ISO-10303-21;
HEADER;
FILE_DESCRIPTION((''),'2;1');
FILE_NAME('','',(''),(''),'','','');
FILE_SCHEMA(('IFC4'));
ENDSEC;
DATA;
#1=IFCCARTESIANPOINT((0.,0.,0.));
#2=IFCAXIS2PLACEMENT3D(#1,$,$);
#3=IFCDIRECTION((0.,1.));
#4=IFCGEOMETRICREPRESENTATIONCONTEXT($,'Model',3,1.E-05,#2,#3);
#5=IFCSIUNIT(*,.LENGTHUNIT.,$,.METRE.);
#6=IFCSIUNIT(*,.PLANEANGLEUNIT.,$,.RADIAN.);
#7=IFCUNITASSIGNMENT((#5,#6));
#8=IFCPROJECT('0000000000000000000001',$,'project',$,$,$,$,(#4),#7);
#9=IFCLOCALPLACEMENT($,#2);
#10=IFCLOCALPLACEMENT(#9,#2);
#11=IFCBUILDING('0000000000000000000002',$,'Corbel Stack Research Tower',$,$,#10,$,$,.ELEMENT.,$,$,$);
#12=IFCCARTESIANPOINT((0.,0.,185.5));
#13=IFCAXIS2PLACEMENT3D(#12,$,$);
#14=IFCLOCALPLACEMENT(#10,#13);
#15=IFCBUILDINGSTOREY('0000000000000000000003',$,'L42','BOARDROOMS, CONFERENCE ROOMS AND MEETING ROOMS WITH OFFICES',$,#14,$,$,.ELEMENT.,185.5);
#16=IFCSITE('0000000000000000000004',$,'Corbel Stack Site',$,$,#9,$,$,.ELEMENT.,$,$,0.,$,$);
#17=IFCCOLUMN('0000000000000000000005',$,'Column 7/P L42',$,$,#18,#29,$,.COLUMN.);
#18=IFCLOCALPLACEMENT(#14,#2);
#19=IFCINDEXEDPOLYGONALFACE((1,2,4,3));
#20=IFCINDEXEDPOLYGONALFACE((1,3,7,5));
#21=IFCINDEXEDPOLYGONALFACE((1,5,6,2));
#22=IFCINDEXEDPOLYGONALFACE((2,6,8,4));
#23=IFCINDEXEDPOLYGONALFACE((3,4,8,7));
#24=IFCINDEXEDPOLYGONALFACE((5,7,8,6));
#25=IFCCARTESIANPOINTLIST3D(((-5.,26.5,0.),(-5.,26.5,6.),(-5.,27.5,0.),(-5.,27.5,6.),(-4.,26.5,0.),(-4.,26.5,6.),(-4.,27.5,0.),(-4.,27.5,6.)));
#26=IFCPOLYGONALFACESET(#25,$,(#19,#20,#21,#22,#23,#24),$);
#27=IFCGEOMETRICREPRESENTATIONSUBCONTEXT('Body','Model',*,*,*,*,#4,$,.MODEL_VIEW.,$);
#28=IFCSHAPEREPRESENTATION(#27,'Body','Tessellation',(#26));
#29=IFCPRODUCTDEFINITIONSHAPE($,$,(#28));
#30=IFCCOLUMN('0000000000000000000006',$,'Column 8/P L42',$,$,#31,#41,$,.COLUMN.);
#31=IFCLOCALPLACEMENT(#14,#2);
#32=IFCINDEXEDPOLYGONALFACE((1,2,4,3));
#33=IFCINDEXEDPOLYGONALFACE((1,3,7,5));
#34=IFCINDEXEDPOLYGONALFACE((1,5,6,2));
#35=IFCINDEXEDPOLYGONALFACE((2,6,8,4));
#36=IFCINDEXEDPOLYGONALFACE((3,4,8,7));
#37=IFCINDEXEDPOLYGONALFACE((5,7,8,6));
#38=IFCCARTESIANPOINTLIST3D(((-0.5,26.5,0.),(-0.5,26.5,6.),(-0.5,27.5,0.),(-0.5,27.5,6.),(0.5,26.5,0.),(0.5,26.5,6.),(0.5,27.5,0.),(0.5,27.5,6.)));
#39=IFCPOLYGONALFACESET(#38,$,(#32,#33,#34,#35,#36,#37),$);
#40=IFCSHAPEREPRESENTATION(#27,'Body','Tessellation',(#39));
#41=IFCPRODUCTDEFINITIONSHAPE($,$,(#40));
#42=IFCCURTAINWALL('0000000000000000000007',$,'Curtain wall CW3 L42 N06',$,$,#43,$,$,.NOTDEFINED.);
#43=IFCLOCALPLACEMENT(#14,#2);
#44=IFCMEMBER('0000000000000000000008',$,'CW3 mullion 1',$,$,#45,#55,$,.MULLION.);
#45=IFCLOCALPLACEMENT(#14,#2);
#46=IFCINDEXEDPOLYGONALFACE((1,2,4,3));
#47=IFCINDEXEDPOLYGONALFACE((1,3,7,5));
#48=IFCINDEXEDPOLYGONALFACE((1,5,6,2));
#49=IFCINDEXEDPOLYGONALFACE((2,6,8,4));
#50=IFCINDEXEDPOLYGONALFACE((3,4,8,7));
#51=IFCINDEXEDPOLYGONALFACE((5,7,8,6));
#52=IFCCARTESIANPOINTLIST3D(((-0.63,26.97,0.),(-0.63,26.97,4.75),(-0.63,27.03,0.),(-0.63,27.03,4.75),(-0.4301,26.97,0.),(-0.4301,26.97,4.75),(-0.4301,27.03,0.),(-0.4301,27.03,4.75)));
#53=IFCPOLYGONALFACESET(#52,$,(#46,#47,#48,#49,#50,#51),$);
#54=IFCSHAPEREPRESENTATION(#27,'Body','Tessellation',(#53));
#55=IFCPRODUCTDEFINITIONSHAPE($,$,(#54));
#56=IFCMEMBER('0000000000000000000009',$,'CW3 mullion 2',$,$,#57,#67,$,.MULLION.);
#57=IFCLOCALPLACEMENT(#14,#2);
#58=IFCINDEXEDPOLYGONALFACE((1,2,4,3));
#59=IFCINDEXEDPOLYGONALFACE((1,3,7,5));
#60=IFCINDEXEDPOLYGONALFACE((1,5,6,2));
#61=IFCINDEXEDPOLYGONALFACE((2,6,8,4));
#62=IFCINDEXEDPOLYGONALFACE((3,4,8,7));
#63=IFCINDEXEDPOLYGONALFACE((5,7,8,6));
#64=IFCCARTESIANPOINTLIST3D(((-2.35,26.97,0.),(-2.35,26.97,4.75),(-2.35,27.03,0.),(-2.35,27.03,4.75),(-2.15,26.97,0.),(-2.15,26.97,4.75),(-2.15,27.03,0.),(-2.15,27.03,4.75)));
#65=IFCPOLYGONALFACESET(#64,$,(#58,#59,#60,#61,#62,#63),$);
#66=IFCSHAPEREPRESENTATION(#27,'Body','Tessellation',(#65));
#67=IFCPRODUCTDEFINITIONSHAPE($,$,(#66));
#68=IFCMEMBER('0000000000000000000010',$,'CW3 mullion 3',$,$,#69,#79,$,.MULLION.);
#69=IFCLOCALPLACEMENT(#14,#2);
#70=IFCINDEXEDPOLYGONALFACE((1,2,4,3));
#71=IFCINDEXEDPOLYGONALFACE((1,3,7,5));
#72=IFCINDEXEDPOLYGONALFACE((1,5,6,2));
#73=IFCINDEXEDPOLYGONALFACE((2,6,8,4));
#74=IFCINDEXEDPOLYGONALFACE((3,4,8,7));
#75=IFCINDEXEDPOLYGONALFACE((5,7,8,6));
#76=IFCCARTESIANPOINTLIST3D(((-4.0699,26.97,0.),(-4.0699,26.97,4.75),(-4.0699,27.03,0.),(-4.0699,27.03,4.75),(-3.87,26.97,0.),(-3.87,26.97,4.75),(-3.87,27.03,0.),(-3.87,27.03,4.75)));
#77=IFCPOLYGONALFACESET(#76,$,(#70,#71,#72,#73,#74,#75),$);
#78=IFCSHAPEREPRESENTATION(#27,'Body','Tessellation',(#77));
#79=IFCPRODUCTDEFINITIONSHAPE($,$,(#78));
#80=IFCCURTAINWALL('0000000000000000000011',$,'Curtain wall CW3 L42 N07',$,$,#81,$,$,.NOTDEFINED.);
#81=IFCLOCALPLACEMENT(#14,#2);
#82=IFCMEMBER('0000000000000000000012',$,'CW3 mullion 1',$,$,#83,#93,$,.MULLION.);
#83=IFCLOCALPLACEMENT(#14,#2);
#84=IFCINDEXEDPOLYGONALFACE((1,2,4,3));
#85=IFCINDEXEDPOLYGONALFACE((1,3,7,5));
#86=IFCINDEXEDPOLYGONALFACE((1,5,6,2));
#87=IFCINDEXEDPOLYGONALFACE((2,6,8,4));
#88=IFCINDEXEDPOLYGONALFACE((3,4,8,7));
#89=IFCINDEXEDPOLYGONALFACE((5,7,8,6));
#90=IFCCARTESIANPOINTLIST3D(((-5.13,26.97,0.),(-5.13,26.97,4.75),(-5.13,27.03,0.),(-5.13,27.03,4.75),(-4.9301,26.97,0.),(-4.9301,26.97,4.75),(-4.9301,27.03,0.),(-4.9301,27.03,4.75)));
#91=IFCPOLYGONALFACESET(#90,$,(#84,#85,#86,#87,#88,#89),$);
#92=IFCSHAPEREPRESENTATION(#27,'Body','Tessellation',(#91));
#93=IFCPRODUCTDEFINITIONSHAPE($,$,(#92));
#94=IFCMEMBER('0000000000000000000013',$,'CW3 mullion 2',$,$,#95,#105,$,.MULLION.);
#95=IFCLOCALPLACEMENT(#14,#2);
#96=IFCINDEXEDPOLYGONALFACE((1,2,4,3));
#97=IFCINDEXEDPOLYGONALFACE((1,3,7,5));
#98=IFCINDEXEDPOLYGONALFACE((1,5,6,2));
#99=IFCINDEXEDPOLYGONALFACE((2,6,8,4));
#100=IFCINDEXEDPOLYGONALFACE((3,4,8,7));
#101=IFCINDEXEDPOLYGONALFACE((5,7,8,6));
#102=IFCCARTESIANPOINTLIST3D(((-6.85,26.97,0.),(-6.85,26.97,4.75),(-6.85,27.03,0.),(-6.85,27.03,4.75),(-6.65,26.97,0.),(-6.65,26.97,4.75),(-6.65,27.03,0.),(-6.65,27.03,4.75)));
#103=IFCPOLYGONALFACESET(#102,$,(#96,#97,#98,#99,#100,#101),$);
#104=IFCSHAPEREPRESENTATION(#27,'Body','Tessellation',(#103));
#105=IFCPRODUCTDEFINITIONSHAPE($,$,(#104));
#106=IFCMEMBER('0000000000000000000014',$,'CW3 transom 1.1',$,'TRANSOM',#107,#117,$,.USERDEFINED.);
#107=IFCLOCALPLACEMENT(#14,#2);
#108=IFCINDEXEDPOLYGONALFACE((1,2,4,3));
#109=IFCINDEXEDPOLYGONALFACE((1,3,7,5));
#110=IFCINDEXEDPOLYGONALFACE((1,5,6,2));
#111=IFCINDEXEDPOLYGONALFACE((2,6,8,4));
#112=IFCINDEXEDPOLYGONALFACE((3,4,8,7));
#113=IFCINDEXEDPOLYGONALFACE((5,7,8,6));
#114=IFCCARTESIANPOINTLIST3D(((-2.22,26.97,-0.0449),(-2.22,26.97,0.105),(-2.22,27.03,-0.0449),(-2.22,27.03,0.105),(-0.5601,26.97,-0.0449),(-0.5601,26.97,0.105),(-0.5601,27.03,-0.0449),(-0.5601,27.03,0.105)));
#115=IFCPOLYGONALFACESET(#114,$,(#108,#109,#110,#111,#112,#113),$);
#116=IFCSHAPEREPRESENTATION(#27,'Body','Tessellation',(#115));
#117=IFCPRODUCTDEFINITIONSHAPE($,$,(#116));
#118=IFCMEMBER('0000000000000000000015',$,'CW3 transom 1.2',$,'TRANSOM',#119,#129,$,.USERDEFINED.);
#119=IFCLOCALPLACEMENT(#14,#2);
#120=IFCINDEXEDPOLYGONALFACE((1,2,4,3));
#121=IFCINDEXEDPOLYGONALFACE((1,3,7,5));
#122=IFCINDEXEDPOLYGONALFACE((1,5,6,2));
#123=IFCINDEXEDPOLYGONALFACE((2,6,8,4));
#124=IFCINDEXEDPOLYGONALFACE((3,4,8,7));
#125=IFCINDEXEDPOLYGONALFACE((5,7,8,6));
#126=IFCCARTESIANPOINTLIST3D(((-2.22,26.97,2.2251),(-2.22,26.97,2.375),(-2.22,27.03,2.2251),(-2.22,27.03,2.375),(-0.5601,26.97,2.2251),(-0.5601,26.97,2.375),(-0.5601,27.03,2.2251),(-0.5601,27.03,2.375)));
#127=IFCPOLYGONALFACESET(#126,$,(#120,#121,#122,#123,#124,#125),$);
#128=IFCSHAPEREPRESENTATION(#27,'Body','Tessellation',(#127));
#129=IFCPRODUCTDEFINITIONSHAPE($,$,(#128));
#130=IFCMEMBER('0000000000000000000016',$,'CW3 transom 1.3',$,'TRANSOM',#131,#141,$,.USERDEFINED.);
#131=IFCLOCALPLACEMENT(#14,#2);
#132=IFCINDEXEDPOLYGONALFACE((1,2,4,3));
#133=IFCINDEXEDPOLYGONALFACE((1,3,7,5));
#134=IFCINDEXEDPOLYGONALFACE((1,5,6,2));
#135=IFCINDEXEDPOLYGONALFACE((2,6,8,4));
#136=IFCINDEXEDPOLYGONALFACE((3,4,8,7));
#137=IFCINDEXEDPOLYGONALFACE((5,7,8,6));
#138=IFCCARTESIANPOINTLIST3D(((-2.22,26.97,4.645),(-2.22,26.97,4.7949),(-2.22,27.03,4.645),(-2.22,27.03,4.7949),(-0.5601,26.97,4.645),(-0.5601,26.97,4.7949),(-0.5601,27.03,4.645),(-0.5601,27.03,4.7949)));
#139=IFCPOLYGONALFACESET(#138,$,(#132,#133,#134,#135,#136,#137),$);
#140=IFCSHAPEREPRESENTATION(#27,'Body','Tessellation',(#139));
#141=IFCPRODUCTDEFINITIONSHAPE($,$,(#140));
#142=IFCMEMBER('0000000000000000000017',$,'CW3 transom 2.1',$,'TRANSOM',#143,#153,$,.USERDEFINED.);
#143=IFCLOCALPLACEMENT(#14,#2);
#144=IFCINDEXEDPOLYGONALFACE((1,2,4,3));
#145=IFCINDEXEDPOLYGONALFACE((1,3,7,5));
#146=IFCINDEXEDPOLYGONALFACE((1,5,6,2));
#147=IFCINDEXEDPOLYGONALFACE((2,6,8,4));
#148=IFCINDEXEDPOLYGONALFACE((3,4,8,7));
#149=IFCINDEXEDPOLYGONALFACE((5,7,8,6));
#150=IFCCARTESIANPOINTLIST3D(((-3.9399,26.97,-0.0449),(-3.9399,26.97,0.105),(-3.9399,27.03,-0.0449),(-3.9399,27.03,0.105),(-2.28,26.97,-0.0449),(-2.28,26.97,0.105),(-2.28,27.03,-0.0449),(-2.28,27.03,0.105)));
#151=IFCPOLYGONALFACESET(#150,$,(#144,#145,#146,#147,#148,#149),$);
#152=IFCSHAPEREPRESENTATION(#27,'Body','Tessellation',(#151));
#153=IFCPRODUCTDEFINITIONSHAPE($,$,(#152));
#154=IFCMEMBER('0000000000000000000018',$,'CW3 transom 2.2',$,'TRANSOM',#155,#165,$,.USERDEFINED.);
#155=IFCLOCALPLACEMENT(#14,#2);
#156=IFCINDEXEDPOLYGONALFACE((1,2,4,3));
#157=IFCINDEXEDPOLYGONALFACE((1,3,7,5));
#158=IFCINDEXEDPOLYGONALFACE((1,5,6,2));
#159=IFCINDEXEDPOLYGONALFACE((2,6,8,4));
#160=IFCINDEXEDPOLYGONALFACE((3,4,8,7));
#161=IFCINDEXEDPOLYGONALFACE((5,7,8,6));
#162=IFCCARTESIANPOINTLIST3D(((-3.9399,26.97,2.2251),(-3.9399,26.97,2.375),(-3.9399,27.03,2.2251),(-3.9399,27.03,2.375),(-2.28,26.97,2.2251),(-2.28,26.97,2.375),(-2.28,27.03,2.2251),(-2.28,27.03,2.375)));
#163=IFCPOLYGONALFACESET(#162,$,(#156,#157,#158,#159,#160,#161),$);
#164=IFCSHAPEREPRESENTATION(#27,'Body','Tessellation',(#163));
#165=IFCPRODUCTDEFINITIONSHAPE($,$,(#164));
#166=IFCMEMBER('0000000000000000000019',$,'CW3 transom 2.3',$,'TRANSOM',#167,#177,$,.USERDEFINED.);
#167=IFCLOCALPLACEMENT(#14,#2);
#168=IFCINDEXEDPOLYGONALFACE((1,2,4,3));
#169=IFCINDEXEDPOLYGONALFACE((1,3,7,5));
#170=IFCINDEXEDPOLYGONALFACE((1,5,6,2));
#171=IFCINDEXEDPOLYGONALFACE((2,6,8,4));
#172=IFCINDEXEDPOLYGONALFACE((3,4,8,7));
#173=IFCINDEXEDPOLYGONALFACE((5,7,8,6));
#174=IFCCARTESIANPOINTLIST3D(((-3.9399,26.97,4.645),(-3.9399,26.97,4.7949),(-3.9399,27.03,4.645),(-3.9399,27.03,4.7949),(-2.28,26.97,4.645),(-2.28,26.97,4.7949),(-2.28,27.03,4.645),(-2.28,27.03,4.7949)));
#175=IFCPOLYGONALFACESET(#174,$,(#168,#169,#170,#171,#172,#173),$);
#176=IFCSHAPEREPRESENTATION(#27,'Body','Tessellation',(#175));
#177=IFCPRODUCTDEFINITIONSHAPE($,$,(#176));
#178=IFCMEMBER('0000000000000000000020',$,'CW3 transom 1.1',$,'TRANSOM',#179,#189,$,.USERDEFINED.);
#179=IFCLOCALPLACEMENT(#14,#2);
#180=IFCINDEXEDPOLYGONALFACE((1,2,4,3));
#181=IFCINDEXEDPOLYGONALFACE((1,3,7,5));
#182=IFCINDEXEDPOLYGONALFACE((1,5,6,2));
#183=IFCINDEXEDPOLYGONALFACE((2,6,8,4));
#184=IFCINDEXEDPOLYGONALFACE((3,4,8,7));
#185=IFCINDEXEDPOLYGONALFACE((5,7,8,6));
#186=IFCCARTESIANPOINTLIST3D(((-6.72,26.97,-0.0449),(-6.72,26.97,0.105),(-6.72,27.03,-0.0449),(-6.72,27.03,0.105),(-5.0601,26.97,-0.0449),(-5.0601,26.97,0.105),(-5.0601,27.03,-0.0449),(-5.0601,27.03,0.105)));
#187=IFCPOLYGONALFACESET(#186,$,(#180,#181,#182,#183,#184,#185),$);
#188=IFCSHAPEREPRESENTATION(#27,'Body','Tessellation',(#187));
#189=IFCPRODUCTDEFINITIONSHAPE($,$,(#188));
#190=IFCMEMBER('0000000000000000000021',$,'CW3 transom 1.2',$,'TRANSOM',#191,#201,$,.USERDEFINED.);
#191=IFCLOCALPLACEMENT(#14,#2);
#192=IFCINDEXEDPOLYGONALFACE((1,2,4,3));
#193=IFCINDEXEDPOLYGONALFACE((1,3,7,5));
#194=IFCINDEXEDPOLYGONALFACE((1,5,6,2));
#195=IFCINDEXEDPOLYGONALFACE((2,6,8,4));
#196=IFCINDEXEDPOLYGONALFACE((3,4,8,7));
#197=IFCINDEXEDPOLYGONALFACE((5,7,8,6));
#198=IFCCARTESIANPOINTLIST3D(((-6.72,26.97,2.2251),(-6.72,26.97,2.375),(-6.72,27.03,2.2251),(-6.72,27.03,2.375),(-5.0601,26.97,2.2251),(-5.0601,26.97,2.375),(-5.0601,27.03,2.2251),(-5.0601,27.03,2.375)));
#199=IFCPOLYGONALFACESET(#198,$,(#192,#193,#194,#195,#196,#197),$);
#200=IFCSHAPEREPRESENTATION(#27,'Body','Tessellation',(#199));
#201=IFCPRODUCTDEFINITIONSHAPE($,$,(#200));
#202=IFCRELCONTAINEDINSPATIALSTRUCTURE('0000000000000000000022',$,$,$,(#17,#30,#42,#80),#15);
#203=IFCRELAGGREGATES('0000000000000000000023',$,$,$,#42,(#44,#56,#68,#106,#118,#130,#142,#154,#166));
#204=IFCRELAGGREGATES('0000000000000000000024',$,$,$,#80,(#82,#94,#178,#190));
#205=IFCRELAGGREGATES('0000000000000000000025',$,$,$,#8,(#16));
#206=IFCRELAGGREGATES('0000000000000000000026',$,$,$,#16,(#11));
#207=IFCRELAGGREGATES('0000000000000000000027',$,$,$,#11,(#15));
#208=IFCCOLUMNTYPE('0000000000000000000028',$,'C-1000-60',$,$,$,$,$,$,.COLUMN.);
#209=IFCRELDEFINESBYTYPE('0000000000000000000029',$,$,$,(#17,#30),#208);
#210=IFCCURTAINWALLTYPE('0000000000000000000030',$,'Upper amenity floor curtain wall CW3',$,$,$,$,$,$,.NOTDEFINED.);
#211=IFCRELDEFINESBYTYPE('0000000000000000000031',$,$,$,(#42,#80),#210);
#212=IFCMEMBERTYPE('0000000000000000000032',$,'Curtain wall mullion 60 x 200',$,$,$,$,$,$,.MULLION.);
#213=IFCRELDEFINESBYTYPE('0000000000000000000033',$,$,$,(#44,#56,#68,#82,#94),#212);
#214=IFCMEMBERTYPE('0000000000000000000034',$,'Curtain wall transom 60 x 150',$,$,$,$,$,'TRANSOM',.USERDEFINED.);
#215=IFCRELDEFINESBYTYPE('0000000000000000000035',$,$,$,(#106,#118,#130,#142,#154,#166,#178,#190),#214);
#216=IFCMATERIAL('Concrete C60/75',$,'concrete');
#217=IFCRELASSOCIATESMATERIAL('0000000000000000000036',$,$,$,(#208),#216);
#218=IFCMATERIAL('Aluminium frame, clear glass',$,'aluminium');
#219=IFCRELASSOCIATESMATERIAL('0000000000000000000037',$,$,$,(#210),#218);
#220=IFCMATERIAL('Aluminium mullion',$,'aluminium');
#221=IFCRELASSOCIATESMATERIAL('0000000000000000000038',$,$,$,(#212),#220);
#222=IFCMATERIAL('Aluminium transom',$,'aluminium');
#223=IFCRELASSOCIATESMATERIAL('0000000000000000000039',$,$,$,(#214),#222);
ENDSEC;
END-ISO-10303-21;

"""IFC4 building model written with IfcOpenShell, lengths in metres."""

from ifc_helpers import new_model, si_unit, direction, frame, origin, origin_2d, place, context, subcontext, project, spatial, rectangle, extrude, material, material_profile, profile_set, type_object, element, aggregate, save


model = new_model("IFC4")

# Units and contexts
model_context = context("Model", 3, precision=1e-05, world=origin(), true_north=direction((0.0, 1.0)))
body_context = subcontext(model_context, "Body", "Model", "MODEL_VIEW")
ifc_project = project(units=[si_unit("LENGTHUNIT", "METRE"), si_unit("PLANEANGLEUNIT", "RADIAN")], contexts=[model_context])

# Site, building, storey
site_placement = place(None, origin())
site = spatial("IfcSite", under=ifc_project, at=site_placement, Name="Corbel Stack Site", CompositionType="ELEMENT", RefElevation=0.0)
building_placement = place(site_placement, origin())
building = spatial("IfcBuilding", under=site, at=building_placement, Name="Corbel Stack Research Tower", CompositionType="ELEMENT")
storey_placement = place(building_placement, frame((0.0, 0.0, 185.5)))
storey = spatial("IfcBuildingStorey", under=building, at=storey_placement, Name="L42", Description="BOARDROOMS, CONFERENCE ROOMS AND MEETING ROOMS WITH OFFICES", CompositionType="ELEMENT", Elevation=185.5)

# Columns
ifc_material_1 = material(Name="Concrete C60/75", Category="concrete")
ifc_material_profile_1 = material_profile(ifc_material_1, rectangle(XDim=1.0, YDim=1.0, at=origin_2d()), Name="RC 1000 x 1000")
ifc_profile_set_1 = profile_set([ifc_material_profile_1], Name="Concrete C60/75")
column_type = type_object("IfcColumnType", Name="C-1000-60", PredefinedType="COLUMN", material=ifc_profile_set_1)
for number, where, z_axis, x_axis, name in (
    (1, (-4.5, 27.0, 0.0), (0.0, 0.0, 1.0), (1.0, 0.0, 0.0), "Column 7/P L42"),
    (2, (0.0, 27.0, 0.0), (0.0, 0.0, 1.0), (1.0, 0.0, 0.0), "Column 8/P L42"),
):
    element("IfcColumn", number, at=place(storey_placement, frame(where, z_axis=z_axis, x_axis=x_axis)), inside=storey, type_object=column_type, Name=name, PredefinedType="COLUMN", context=body_context, shape_type="SweptSolid", body=[
        extrude(rectangle(XDim=1.0, YDim=1.0, at=origin_2d()), origin(), (0.0, 0.0, 1.0), 6.0),
    ])

# Curtain walls, members
ifc_material_2 = material(Name="Aluminium frame, clear glass", Category="aluminium")
curtain_wall_type = type_object("IfcCurtainWallType", Name="Upper amenity floor curtain wall CW3", PredefinedType="NOTDEFINED", material=ifc_material_2)
curtain_wall_1_placement = place(storey_placement, origin())
curtain_wall_1 = element("IfcCurtainWall", 3, at=curtain_wall_1_placement, inside=storey, type_object=curtain_wall_type, Name="Curtain wall CW3 L42 N06", PredefinedType="NOTDEFINED")
ifc_material_3 = material(Name="Aluminium mullion", Category="aluminium")
ifc_material_profile_2 = material_profile(ifc_material_3, rectangle(XDim=0.0601, YDim=0.2, at=origin_2d()), Name="Mullion 60 x 200")
ifc_profile_set_2 = profile_set([ifc_material_profile_2], Name="Aluminium mullion")
member_type_1 = type_object("IfcMemberType", Name="Curtain wall mullion 60 x 200", PredefinedType="MULLION", material=ifc_profile_set_2)
member_1_placement = place(storey_placement, frame((-0.53, 27.0, 0.0), z_axis=(0.0, 0.0, 1.0), x_axis=(0.0, -1.0, 0.0)))
member_1 = element("IfcMember", 4, at=member_1_placement, type_object=member_type_1, Name="CW3 mullion 1", PredefinedType="MULLION", context=body_context, shape_type="SweptSolid", body=[
    extrude(rectangle(XDim=0.0601, YDim=0.2, at=origin_2d()), origin(), (0.0, 0.0, 1.0), 4.75),
])
member_2_placement = place(storey_placement, frame((-2.25, 27.0, 0.0), z_axis=(0.0, 0.0, 1.0), x_axis=(0.0, -1.0, 0.0)))
member_2 = element("IfcMember", 5, at=member_2_placement, type_object=member_type_1, Name="CW3 mullion 2", PredefinedType="MULLION", context=body_context, shape_type="SweptSolid", body=[
    extrude(rectangle(XDim=0.0601, YDim=0.2, at=origin_2d()), origin(), (0.0, 0.0, 1.0), 4.75),
])
member_3_placement = place(storey_placement, frame((-3.97, 27.0, 0.0), z_axis=(0.0, 0.0, 1.0), x_axis=(0.0, -1.0, 0.0)))
member_3 = element("IfcMember", 6, at=member_3_placement, type_object=member_type_1, Name="CW3 mullion 3", PredefinedType="MULLION", context=body_context, shape_type="SweptSolid", body=[
    extrude(rectangle(XDim=0.0601, YDim=0.2, at=origin_2d()), origin(), (0.0, 0.0, 1.0), 4.75),
])
curtain_wall_2_placement = place(storey_placement, origin())
curtain_wall_2 = element("IfcCurtainWall", 7, at=curtain_wall_2_placement, inside=storey, type_object=curtain_wall_type, Name="Curtain wall CW3 L42 N07", PredefinedType="NOTDEFINED")
member_4_placement = place(storey_placement, frame((-5.03, 27.0, 0.0), z_axis=(0.0, 0.0, 1.0), x_axis=(0.0, -1.0, 0.0)))
member_4 = element("IfcMember", 8, at=member_4_placement, type_object=member_type_1, Name="CW3 mullion 1", PredefinedType="MULLION", context=body_context, shape_type="SweptSolid", body=[
    extrude(rectangle(XDim=0.0601, YDim=0.2, at=origin_2d()), origin(), (0.0, 0.0, 1.0), 4.75),
])
member_5_placement = place(storey_placement, frame((-6.75, 27.0, 0.0), z_axis=(0.0, 0.0, 1.0), x_axis=(0.0, -1.0, 0.0)))
member_5 = element("IfcMember", 9, at=member_5_placement, type_object=member_type_1, Name="CW3 mullion 2", PredefinedType="MULLION", context=body_context, shape_type="SweptSolid", body=[
    extrude(rectangle(XDim=0.0601, YDim=0.2, at=origin_2d()), origin(), (0.0, 0.0, 1.0), 4.75),
])

# Members
ifc_material_4 = material(Name="Aluminium transom", Category="aluminium")
ifc_material_profile_3 = material_profile(ifc_material_4, rectangle(XDim=0.0601, YDim=0.1499, at=origin_2d()), Name="Transom 60 x 150")
ifc_profile_set_3 = profile_set([ifc_material_profile_3], Name="Aluminium transom")
member_type_2 = type_object("IfcMemberType", Name="Curtain wall transom 60 x 150", ElementType="TRANSOM", PredefinedType="USERDEFINED", material=ifc_profile_set_3)
member_6_placement = place(storey_placement, frame((-0.5601, 27.0, 0.03), z_axis=(-1.0, 0.0, 0.0), x_axis=(0.0, -1.0, 0.0)))
member_6 = element("IfcMember", 10, at=member_6_placement, type_object=member_type_2, Name="CW3 transom 1.1", ObjectType="TRANSOM", PredefinedType="USERDEFINED", context=body_context, shape_type="SweptSolid", body=[
    extrude(rectangle(XDim=0.0601, YDim=0.1499, at=origin_2d()), origin(), (0.0, 0.0, 1.0), 1.6599),
])
member_7_placement = place(storey_placement, frame((-0.5601, 27.0, 2.3), z_axis=(-1.0, 0.0, 0.0), x_axis=(0.0, -1.0, 0.0)))
member_7 = element("IfcMember", 11, at=member_7_placement, type_object=member_type_2, Name="CW3 transom 1.2", ObjectType="TRANSOM", PredefinedType="USERDEFINED", context=body_context, shape_type="SweptSolid", body=[
    extrude(rectangle(XDim=0.0601, YDim=0.1499, at=origin_2d()), origin(), (0.0, 0.0, 1.0), 1.6599),
])
member_8_placement = place(storey_placement, frame((-0.5601, 27.0, 4.72), z_axis=(-1.0, 0.0, 0.0), x_axis=(0.0, -1.0, 0.0)))
member_8 = element("IfcMember", 12, at=member_8_placement, type_object=member_type_2, Name="CW3 transom 1.3", ObjectType="TRANSOM", PredefinedType="USERDEFINED", context=body_context, shape_type="SweptSolid", body=[
    extrude(rectangle(XDim=0.0601, YDim=0.1499, at=origin_2d()), origin(), (0.0, 0.0, 1.0), 1.6599),
])
member_9_placement = place(storey_placement, frame((-2.28, 27.0, 0.03), z_axis=(-1.0, 0.0, 0.0), x_axis=(0.0, -1.0, 0.0)))
member_9 = element("IfcMember", 13, at=member_9_placement, type_object=member_type_2, Name="CW3 transom 2.1", ObjectType="TRANSOM", PredefinedType="USERDEFINED", context=body_context, shape_type="SweptSolid", body=[
    extrude(rectangle(XDim=0.0601, YDim=0.1499, at=origin_2d()), origin(), (0.0, 0.0, 1.0), 1.6599),
])
member_10_placement = place(storey_placement, frame((-2.28, 27.0, 2.3), z_axis=(-1.0, 0.0, 0.0), x_axis=(0.0, -1.0, 0.0)))
member_10 = element("IfcMember", 14, at=member_10_placement, type_object=member_type_2, Name="CW3 transom 2.2", ObjectType="TRANSOM", PredefinedType="USERDEFINED", context=body_context, shape_type="SweptSolid", body=[
    extrude(rectangle(XDim=0.0601, YDim=0.1499, at=origin_2d()), origin(), (0.0, 0.0, 1.0), 1.6599),
])
member_11_placement = place(storey_placement, frame((-2.28, 27.0, 4.72), z_axis=(-1.0, 0.0, 0.0), x_axis=(0.0, -1.0, 0.0)))
member_11 = element("IfcMember", 15, at=member_11_placement, type_object=member_type_2, Name="CW3 transom 2.3", ObjectType="TRANSOM", PredefinedType="USERDEFINED", context=body_context, shape_type="SweptSolid", body=[
    extrude(rectangle(XDim=0.0601, YDim=0.1499, at=origin_2d()), origin(), (0.0, 0.0, 1.0), 1.6599),
])
member_12_placement = place(storey_placement, frame((-5.0601, 27.0, 0.03), z_axis=(-1.0, 0.0, 0.0), x_axis=(0.0, -1.0, 0.0)))
member_12 = element("IfcMember", 16, at=member_12_placement, type_object=member_type_2, Name="CW3 transom 1.1", ObjectType="TRANSOM", PredefinedType="USERDEFINED", context=body_context, shape_type="SweptSolid", body=[
    extrude(rectangle(XDim=0.0601, YDim=0.1499, at=origin_2d()), origin(), (0.0, 0.0, 1.0), 1.6599),
])
member_13_placement = place(storey_placement, frame((-5.0601, 27.0, 2.3), z_axis=(-1.0, 0.0, 0.0), x_axis=(0.0, -1.0, 0.0)))
member_13 = element("IfcMember", 17, at=member_13_placement, type_object=member_type_2, Name="CW3 transom 1.2", ObjectType="TRANSOM", PredefinedType="USERDEFINED", context=body_context, shape_type="SweptSolid", body=[
    extrude(rectangle(XDim=0.0601, YDim=0.1499, at=origin_2d()), origin(), (0.0, 0.0, 1.0), 1.6599),
])

aggregate(curtain_wall_1, [member_1, member_2, member_3, member_6, member_7, member_8, member_9, member_10, member_11])
aggregate(curtain_wall_2, [member_4, member_5, member_12, member_13])

save(model, "model.ifc")
